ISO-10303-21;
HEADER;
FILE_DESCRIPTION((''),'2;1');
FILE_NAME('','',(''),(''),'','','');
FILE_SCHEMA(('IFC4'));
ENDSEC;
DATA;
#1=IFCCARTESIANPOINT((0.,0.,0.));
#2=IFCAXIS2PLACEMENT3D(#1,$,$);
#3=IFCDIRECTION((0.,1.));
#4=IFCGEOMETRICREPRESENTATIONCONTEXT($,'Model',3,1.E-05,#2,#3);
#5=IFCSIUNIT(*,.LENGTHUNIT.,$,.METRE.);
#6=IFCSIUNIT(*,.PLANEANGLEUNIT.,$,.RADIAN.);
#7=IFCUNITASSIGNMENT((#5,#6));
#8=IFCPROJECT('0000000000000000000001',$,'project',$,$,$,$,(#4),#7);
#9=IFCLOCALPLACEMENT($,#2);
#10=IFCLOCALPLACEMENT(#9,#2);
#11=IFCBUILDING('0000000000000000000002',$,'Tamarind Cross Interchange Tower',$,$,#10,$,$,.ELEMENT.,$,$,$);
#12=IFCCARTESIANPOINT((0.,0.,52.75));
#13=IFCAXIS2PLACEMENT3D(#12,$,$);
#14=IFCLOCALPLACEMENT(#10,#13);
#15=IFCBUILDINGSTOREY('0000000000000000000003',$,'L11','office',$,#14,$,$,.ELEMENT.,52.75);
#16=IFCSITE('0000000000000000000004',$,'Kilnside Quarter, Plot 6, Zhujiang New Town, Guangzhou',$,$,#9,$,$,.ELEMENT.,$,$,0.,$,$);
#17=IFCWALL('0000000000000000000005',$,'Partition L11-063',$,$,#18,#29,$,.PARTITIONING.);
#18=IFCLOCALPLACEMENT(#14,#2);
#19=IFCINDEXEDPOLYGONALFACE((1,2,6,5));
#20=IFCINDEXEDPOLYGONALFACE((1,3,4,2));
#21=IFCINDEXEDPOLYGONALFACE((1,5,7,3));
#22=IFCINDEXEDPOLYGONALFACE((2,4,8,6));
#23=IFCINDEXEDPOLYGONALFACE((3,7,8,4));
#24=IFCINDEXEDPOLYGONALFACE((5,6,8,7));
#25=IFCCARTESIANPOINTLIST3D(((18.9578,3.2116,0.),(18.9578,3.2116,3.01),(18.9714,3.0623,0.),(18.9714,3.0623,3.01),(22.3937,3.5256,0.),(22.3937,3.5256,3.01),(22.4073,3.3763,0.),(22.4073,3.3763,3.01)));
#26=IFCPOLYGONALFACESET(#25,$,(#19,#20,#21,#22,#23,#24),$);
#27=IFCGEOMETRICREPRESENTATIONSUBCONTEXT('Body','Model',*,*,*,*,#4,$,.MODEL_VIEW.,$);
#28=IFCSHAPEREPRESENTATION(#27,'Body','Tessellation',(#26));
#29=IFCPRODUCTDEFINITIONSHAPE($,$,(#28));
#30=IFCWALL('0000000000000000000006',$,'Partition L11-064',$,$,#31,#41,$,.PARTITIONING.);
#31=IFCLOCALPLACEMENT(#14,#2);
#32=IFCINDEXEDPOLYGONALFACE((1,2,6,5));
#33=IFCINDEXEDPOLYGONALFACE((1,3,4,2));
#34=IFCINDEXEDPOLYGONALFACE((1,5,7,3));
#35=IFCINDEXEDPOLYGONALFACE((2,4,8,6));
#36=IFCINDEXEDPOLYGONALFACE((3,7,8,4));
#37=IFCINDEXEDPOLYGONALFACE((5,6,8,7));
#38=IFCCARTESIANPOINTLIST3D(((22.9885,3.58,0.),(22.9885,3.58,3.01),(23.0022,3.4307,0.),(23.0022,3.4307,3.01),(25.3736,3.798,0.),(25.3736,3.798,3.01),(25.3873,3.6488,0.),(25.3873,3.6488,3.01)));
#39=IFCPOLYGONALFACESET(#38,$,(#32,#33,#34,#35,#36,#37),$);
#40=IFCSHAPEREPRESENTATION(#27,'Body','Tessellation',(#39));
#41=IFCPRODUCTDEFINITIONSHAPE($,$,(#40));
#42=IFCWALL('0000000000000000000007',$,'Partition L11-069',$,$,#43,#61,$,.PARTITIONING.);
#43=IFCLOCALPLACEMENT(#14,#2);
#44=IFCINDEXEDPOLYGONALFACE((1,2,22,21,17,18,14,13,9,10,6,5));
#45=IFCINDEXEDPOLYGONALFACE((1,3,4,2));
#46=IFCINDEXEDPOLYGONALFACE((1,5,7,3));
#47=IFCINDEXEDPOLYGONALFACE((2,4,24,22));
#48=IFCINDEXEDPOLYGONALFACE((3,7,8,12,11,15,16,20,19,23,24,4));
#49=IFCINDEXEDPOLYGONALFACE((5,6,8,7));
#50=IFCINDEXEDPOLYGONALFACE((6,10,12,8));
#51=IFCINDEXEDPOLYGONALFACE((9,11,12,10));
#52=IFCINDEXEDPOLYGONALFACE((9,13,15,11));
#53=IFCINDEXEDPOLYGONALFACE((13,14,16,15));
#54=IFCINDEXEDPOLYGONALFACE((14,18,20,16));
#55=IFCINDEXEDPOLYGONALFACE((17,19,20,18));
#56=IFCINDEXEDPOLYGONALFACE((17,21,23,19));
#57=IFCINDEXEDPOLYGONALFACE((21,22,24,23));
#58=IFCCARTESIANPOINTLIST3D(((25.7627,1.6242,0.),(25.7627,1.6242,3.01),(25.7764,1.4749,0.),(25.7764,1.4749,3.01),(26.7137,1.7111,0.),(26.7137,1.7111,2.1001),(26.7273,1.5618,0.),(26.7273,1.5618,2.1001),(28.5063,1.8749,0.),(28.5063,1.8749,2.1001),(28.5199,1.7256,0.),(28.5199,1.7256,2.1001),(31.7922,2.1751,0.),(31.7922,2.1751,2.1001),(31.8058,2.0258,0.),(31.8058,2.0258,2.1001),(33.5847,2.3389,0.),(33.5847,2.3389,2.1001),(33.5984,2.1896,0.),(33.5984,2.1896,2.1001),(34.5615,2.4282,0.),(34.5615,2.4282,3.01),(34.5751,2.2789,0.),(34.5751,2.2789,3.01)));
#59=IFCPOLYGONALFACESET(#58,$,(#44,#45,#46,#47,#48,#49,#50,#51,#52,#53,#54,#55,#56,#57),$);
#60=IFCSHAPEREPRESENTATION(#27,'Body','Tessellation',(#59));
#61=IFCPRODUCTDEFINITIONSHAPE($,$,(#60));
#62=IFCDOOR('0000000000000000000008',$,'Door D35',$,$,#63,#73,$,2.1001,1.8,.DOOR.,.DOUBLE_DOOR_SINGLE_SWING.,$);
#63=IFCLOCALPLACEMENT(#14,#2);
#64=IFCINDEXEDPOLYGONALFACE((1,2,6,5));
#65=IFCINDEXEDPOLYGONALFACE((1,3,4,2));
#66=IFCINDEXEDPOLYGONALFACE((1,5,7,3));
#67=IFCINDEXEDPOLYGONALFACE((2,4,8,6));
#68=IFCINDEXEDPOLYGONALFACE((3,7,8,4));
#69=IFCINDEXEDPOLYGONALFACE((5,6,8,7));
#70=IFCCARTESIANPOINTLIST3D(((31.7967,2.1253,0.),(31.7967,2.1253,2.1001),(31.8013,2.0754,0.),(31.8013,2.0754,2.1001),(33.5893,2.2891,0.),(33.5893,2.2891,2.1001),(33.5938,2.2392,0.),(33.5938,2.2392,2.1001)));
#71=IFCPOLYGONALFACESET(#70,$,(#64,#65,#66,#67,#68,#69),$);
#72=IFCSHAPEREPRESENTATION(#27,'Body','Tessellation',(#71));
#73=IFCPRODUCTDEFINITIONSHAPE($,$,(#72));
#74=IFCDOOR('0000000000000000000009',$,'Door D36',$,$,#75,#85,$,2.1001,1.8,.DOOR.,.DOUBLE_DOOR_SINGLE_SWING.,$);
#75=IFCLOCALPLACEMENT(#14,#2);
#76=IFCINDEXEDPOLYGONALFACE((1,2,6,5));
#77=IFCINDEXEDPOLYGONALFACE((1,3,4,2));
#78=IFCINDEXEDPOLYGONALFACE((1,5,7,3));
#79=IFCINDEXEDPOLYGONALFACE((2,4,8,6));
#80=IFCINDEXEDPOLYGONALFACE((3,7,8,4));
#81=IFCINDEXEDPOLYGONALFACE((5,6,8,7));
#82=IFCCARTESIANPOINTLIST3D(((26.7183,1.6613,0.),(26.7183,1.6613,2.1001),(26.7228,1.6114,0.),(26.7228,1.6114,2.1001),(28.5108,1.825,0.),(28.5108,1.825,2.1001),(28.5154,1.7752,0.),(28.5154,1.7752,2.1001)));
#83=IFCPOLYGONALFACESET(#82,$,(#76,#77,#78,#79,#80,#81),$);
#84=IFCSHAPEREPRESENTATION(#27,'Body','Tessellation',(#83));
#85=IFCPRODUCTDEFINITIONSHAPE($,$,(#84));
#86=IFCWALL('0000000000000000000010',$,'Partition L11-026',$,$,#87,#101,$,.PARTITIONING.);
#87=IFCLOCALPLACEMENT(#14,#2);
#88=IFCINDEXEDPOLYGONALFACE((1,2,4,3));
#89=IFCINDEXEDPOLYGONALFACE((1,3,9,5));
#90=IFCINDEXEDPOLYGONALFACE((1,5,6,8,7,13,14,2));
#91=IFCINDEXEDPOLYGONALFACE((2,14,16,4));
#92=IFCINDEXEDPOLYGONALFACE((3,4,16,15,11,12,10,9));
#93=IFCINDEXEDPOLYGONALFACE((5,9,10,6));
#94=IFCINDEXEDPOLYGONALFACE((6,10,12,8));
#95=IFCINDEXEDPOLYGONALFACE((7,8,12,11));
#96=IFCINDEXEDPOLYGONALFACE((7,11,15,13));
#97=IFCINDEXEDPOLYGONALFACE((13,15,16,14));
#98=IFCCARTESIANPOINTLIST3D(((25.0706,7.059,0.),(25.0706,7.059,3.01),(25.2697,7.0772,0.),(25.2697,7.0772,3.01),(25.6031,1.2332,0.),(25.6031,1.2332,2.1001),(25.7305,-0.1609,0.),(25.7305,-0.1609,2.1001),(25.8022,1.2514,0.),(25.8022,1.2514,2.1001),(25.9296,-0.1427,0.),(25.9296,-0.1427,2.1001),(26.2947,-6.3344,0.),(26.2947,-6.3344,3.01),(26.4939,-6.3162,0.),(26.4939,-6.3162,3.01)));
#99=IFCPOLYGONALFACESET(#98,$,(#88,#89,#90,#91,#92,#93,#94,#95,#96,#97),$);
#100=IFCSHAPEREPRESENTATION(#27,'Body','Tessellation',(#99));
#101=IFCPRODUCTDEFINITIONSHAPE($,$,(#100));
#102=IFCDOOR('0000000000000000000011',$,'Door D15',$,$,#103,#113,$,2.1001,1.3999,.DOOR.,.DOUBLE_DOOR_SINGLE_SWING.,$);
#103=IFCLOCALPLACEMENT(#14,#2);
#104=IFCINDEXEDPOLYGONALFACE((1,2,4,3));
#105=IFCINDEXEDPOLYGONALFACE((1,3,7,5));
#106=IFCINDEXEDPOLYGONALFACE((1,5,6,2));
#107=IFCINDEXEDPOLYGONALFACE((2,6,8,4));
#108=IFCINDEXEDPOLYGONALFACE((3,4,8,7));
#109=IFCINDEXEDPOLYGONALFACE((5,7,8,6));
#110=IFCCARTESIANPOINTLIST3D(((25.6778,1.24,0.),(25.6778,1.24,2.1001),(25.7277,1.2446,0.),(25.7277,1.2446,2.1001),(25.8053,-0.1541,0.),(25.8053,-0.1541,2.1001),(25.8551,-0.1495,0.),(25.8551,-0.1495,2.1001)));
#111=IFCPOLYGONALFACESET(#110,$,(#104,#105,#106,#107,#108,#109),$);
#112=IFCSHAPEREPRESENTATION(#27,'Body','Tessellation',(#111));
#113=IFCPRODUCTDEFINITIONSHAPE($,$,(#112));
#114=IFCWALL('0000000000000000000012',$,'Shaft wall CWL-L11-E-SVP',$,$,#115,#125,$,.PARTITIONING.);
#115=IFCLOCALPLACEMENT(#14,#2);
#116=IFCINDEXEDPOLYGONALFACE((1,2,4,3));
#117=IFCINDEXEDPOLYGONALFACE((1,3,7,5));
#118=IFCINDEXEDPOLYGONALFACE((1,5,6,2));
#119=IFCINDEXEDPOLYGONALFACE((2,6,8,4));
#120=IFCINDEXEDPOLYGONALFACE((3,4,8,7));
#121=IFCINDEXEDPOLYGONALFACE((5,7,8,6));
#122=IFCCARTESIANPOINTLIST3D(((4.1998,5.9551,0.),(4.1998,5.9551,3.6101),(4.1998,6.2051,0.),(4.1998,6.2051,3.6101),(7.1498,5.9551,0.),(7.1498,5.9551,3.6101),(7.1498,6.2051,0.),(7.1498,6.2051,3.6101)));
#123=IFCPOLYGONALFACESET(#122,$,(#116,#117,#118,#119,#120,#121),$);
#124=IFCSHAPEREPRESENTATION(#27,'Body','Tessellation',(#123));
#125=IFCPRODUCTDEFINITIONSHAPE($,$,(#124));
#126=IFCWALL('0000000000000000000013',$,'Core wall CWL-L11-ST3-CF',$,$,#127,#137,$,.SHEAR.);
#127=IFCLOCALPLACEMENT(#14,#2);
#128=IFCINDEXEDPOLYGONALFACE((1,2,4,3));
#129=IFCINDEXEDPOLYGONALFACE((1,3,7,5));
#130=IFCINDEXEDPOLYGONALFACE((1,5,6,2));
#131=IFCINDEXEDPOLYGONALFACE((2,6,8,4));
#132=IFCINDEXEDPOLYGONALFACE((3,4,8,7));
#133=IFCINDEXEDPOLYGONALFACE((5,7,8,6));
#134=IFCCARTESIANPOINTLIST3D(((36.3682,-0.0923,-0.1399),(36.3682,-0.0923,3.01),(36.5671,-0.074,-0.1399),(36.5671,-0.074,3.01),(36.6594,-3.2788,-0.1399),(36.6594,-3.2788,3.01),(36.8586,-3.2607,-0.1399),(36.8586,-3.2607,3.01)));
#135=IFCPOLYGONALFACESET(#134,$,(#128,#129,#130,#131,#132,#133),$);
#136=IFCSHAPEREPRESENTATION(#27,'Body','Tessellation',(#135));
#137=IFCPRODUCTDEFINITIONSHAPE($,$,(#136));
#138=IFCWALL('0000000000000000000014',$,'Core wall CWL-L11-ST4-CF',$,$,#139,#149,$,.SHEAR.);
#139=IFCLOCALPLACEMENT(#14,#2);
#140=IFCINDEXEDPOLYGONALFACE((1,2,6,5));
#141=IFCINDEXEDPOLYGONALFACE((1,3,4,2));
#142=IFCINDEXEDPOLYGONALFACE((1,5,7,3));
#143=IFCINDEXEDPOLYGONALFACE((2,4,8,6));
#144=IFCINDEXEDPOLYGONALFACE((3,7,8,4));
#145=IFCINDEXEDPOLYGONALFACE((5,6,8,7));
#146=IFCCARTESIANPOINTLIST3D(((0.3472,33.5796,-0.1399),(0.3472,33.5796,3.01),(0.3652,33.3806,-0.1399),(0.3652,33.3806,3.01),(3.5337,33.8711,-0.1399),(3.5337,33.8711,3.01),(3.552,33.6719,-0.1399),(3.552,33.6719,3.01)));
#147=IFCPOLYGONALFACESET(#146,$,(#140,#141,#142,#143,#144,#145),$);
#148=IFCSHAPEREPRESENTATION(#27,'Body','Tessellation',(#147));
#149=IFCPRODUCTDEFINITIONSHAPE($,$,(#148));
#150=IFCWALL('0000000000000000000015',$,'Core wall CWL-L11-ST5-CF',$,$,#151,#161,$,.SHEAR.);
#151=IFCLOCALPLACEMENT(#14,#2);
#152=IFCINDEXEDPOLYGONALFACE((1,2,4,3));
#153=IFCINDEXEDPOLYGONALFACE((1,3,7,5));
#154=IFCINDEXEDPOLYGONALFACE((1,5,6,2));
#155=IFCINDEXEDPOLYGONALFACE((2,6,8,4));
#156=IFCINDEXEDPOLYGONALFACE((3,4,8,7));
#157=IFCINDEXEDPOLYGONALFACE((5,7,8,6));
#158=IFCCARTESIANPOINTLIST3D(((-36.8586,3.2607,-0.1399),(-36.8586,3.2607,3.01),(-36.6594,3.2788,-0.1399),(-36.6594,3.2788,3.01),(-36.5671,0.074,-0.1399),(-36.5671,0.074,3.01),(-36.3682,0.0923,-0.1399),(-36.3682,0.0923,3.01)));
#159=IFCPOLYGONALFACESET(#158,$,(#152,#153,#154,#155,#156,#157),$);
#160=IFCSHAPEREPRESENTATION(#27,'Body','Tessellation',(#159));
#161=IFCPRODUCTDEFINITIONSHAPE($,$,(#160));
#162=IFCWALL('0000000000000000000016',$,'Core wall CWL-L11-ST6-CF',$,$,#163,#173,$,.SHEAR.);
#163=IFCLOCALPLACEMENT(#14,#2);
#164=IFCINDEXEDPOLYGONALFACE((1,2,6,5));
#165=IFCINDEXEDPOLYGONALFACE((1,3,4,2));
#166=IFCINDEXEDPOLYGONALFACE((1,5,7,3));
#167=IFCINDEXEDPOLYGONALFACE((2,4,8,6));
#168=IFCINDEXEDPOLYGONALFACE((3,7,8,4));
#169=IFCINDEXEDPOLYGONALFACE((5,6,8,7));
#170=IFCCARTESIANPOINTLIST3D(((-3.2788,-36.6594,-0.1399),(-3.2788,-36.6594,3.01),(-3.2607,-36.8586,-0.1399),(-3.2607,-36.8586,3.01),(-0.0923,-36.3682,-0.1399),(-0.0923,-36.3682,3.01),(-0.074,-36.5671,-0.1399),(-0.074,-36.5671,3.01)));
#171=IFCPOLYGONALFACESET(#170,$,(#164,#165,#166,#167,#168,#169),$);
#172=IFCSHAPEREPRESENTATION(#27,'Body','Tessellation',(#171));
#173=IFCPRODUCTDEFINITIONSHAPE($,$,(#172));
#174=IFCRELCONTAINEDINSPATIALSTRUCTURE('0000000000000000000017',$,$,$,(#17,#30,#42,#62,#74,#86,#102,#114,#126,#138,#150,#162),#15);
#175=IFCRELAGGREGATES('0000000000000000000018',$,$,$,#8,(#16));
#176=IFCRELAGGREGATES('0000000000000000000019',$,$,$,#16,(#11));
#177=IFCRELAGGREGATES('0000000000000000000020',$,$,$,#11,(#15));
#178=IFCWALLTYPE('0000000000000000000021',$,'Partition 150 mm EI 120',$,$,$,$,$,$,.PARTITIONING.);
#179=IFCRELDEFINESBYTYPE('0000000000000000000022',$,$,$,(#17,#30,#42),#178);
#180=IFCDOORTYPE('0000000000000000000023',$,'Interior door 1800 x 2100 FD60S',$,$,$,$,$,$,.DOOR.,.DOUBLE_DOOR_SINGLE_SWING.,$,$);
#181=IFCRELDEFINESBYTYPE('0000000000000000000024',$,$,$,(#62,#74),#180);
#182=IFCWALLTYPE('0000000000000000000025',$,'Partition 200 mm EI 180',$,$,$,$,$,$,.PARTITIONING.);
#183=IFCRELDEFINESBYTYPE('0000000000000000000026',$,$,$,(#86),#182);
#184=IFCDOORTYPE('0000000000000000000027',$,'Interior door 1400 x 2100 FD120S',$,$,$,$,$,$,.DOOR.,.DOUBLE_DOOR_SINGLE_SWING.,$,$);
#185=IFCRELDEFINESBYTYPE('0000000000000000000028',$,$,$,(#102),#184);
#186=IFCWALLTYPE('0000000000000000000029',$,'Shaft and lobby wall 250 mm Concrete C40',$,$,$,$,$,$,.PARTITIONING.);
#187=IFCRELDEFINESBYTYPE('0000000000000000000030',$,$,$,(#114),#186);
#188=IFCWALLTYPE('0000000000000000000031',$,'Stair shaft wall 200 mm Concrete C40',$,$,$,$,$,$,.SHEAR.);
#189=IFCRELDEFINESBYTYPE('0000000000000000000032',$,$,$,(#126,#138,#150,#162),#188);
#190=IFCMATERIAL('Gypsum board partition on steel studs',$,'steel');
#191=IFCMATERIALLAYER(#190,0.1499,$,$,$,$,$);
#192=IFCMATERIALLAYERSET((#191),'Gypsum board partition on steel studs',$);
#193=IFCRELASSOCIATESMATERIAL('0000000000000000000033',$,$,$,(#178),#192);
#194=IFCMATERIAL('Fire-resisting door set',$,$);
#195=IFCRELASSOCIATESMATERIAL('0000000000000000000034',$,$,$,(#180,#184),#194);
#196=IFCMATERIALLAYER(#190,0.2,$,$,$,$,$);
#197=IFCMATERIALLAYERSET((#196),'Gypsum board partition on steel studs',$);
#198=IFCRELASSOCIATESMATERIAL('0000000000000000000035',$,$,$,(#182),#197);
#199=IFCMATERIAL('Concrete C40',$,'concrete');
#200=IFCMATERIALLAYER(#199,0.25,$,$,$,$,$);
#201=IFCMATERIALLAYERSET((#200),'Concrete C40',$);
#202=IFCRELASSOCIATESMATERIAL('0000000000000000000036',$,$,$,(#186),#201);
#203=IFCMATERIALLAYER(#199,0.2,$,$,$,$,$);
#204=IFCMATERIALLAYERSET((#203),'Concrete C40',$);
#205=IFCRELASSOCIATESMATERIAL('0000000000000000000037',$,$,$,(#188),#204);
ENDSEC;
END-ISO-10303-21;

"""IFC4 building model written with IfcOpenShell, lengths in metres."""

from ifc_helpers import new_model, si_unit, direction, frame, frame_2d, origin, place, context, subcontext, project, spatial, polyline, rectangle, outline, extrude, material, layer, layer_set, type_object, element, fill, save


model = new_model("IFC4")

# Units and contexts
model_context = context("Model", 3, precision=1e-05, world=origin(), true_north=direction((0.0, 1.0)))
body_context = subcontext(model_context, "Body", "Model", "MODEL_VIEW")
ifc_project = project(units=[si_unit("LENGTHUNIT", "METRE"), si_unit("PLANEANGLEUNIT", "RADIAN")], contexts=[model_context])

# Site, building, storey
site_placement = place(None, origin())
site = spatial("IfcSite", under=ifc_project, at=site_placement, Name="Kilnside Quarter, Plot 6, Zhujiang New Town, Guangzhou", CompositionType="ELEMENT", RefElevation=0.0)
building_placement = place(site_placement, origin())
building = spatial("IfcBuilding", under=site, at=building_placement, Name="Tamarind Cross Interchange Tower", CompositionType="ELEMENT")
storey_placement = place(building_placement, frame((0.0, 0.0, 52.75)))
storey = spatial("IfcBuildingStorey", under=building, at=storey_placement, Name="L11", Description="office", CompositionType="ELEMENT", Elevation=52.75)

# Shared definitions
ifc_material_1 = material(Name="Concrete C40", Category="concrete")

# Walls
ifc_material_2 = material(Name="Gypsum board partition on steel studs", Category="steel")
ifc_layer_1 = layer(ifc_material_2, 0.1499)
ifc_layer_set_1 = layer_set([ifc_layer_1], Name="Gypsum board partition on steel studs")
wall_type_1 = type_object("IfcWallType", Name="Partition 150 mm EI 120", PredefinedType="PARTITIONING", material=ifc_layer_set_1)
wall_1_placement = place(storey_placement, frame((18.9646, 3.137, 0.0), z_axis=(0.0, 0.0, 1.0), x_axis=(0.995851, 0.091001, 0.0)))
element("IfcWall", 1, at=wall_1_placement, inside=storey, type_object=wall_type_1, Name="Partition L11-063", PredefinedType="PARTITIONING", context=body_context, shape_type="SweptSolid", body=[
    extrude(rectangle(XDim=3.4502, YDim=0.1499, at=frame_2d((1.7251, 0.0))), origin(), (0.0, 0.0, 1.0), 3.01),
])
wall_2_placement = place(storey_placement, frame((22.9954, 3.5054, 0.0), z_axis=(0.0, 0.0, 1.0), x_axis=(0.995848, 0.091032, 0.0)))
element("IfcWall", 2, at=wall_2_placement, inside=storey, type_object=wall_type_1, Name="Partition L11-064", PredefinedType="PARTITIONING", context=body_context, shape_type="SweptSolid", body=[
    extrude(rectangle(XDim=2.395, YDim=0.1499, at=frame_2d((1.1975, 0.0))), origin(), (0.0, 0.0, 1.0), 3.01),
])

# Wall, openings, doors
wall_3_placement = place(storey_placement, frame((25.7695, 1.5496, 0.0), z_axis=(0.0, 0.0, 1.0), x_axis=(0.995852, 0.090992, 0.0)))
wall_3 = element("IfcWall", 3, at=wall_3_placement, inside=storey, type_object=wall_type_1, Name="Partition L11-069", PredefinedType="PARTITIONING", context=body_context, shape_type="SweptSolid", body=[
    extrude(rectangle(XDim=8.8354, YDim=0.1499, at=frame_2d((4.4177, 0.0))), origin(), (0.0, 0.0, 1.0), 3.01),
])
opening_1_placement = place(wall_3_placement, frame((6.0547, 0.0, 0.0)))
opening_1 = element("IfcOpeningElement", 4, at=opening_1_placement, cuts=wall_3, PredefinedType="OPENING", context=body_context, shape_type="SweptSolid", body=[
    extrude(rectangle(XDim=1.8, YDim=2.1001, at=frame_2d((0.8999, 1.05))), frame((0.0, 0.085, 0.0), z_axis=(0.0, -1.0, 0.0), x_axis=(1.0, 0.0, 0.0)), (0.0, 0.0, 1.0), 0.1699),
])
opening_2_placement = place(wall_3_placement, frame((0.9551, 0.0, 0.0)))
opening_2 = element("IfcOpeningElement", 5, at=opening_2_placement, cuts=wall_3, PredefinedType="OPENING", context=body_context, shape_type="SweptSolid", body=[
    extrude(rectangle(XDim=1.8, YDim=2.1001, at=frame_2d((0.8999, 1.05))), frame((0.0, 0.085, 0.0), z_axis=(0.0, -1.0, 0.0), x_axis=(1.0, 0.0, 0.0)), (0.0, 0.0, 1.0), 0.1699),
])
ifc_material_3 = material(Name="Fire-resisting door set")
door_type_1 = type_object("IfcDoorType", Name="Interior door 1800 x 2100 FD60S", OperationType="DOUBLE_DOOR_SINGLE_SWING", PredefinedType="DOOR", material=ifc_material_3)
door_1_placement = place(opening_1_placement, origin())
door_1 = element("IfcDoor", 6, at=door_1_placement, inside=storey, type_object=door_type_1, Name="Door D35", OperationType="DOUBLE_DOOR_SINGLE_SWING", OverallHeight=2.1001, OverallWidth=1.8, PredefinedType="DOOR", context=body_context, shape_type="SweptSolid", body=[
    extrude(rectangle(XDim=1.8, YDim=2.1001, at=frame_2d((0.8999, 1.05))), frame((0.0, 0.0249, 0.0), z_axis=(0.0, -1.0, 0.0), x_axis=(1.0, 0.0, 0.0)), (0.0, 0.0, 1.0), 0.05),
])
fill(opening_1, door_1)
door_2_placement = place(opening_2_placement, origin())
door_2 = element("IfcDoor", 7, at=door_2_placement, inside=storey, type_object=door_type_1, Name="Door D36", OperationType="DOUBLE_DOOR_SINGLE_SWING", OverallHeight=2.1001, OverallWidth=1.8, PredefinedType="DOOR", context=body_context, shape_type="SweptSolid", body=[
    extrude(rectangle(XDim=1.8, YDim=2.1001, at=frame_2d((0.8999, 1.05))), frame((0.0, 0.0249, 0.0), z_axis=(0.0, -1.0, 0.0), x_axis=(1.0, 0.0, 0.0)), (0.0, 0.0, 1.0), 0.05),
])
fill(opening_2, door_2)

# Wall, opening, door
ifc_layer_2 = layer(ifc_material_2, 0.2)
ifc_layer_set_2 = layer_set([ifc_layer_2], Name="Gypsum board partition on steel studs")
wall_type_2 = type_object("IfcWallType", Name="Partition 200 mm EI 180", PredefinedType="PARTITIONING", material=ifc_layer_set_2)
wall_4_placement = place(storey_placement, frame((25.1702, 7.0681, 0.0), z_axis=(0.0, 0.0, 1.0), x_axis=(0.091019, -0.995849, 0.0)))
wall_4 = element("IfcWall", 8, at=wall_4_placement, inside=storey, type_object=wall_type_2, Name="Partition L11-026", PredefinedType="PARTITIONING", context=body_context, shape_type="SweptSolid", body=[
    extrude(rectangle(XDim=13.4492, YDim=0.2, at=frame_2d((6.7246, 0.0))), origin(), (0.0, 0.0, 1.0), 3.01),
])
opening_3_placement = place(wall_4_placement, frame((5.8501, 0.0, 0.0)))
opening_3 = element("IfcOpeningElement", 9, at=opening_3_placement, cuts=wall_4, PredefinedType="OPENING", context=body_context, shape_type="SweptSolid", body=[
    extrude(rectangle(XDim=1.3999, YDim=2.1001, at=frame_2d((0.7, 1.05))), frame((0.0, 0.1099, 0.0), z_axis=(0.0, -1.0, 0.0), x_axis=(1.0, 0.0, 0.0)), (0.0, 0.0, 1.0), 0.22),
])
door_type_2 = type_object("IfcDoorType", Name="Interior door 1400 x 2100 FD120S", OperationType="DOUBLE_DOOR_SINGLE_SWING", PredefinedType="DOOR", material=ifc_material_3)
door_3_placement = place(opening_3_placement, frame((1.3999, 0.0, 0.0), z_axis=(0.0, 0.0, 1.0), x_axis=(-1.0, 0.0, 0.0)))
door_3 = element("IfcDoor", 10, at=door_3_placement, inside=storey, type_object=door_type_2, Name="Door D15", OperationType="DOUBLE_DOOR_SINGLE_SWING", OverallHeight=2.1001, OverallWidth=1.3999, PredefinedType="DOOR", context=body_context, shape_type="SweptSolid", body=[
    extrude(rectangle(XDim=1.3999, YDim=2.1001, at=frame_2d((0.7, 1.05))), frame((0.0, 0.0249, 0.0), z_axis=(0.0, -1.0, 0.0), x_axis=(1.0, 0.0, 0.0)), (0.0, 0.0, 1.0), 0.05),
])
fill(opening_3, door_3)

# Walls
ifc_layer_3 = layer(ifc_material_1, 0.25)
ifc_layer_set_3 = layer_set([ifc_layer_3], Name="Concrete C40")
wall_type_3 = type_object("IfcWallType", Name="Shaft and lobby wall 250 mm Concrete C40", PredefinedType="PARTITIONING", material=ifc_layer_set_3)
wall_5_placement = place(storey_placement, frame((7.1499, 6.0801, 0.0), z_axis=(0.0, 0.0, 1.0), x_axis=(-1.0, 0.0, 0.0)))
element("IfcWall", 11, at=wall_5_placement, inside=storey, type_object=wall_type_3, Name="Shaft wall CWL-L11-E-SVP", PredefinedType="PARTITIONING", context=body_context, shape_type="SweptSolid", body=[
    extrude(rectangle(XDim=2.95, YDim=0.25, at=frame_2d((1.4751, 0.0))), origin(), (0.0, 0.0, 1.0), 3.6101),
])
ifc_layer_4 = layer(ifc_material_1, 0.2)
ifc_layer_set_4 = layer_set([ifc_layer_4], Name="Concrete C40")
wall_type_4 = type_object("IfcWallType", Name="Stair shaft wall 200 mm Concrete C40", PredefinedType="SHEAR", material=ifc_layer_set_4)
wall_6_placement = place(storey_placement, frame((0.0, 0.0, -0.1399)))
element("IfcWall", 12, at=wall_6_placement, inside=storey, type_object=wall_type_4, Name="Core wall CWL-L11-ST3-CF", PredefinedType="SHEAR", context=body_context, shape_type="SweptSolid", body=[
    extrude(outline(polyline([(36.6594, -3.2788), (36.8586, -3.2607), (36.5671, -0.074), (36.3682, -0.0923), (36.6594, -3.2788)])), origin(), (0.0, 0.0, 1.0), 3.1499),
])
wall_7_placement = place(storey_placement, frame((0.0, 0.0, -0.1399)))
element("IfcWall", 13, at=wall_7_placement, inside=storey, type_object=wall_type_4, Name="Core wall CWL-L11-ST4-CF", PredefinedType="SHEAR", context=body_context, shape_type="SweptSolid", body=[
    extrude(outline(polyline([(3.552, 33.6719), (3.5337, 33.8711), (0.3472, 33.5796), (0.3652, 33.3806), (3.552, 33.6719)])), origin(), (0.0, 0.0, 1.0), 3.1499),
])
wall_8_placement = place(storey_placement, frame((0.0, 0.0, -0.1399)))
element("IfcWall", 14, at=wall_8_placement, inside=storey, type_object=wall_type_4, Name="Core wall CWL-L11-ST5-CF", PredefinedType="SHEAR", context=body_context, shape_type="SweptSolid", body=[
    extrude(outline(polyline([(-36.6594, 3.2788), (-36.8586, 3.2607), (-36.5671, 0.074), (-36.3682, 0.0923), (-36.6594, 3.2788)])), origin(), (0.0, 0.0, 1.0), 3.1499),
])
wall_9_placement = place(storey_placement, frame((0.0, 0.0, -0.1399)))
element("IfcWall", 15, at=wall_9_placement, inside=storey, type_object=wall_type_4, Name="Core wall CWL-L11-ST6-CF", PredefinedType="SHEAR", context=body_context, shape_type="SweptSolid", body=[
    extrude(outline(polyline([(-3.2788, -36.6594), (-3.2607, -36.8586), (-0.074, -36.5671), (-0.0923, -36.3682), (-3.2788, -36.6594)])), origin(), (0.0, 0.0, 1.0), 3.1499),
])

save(model, "model.ifc")
